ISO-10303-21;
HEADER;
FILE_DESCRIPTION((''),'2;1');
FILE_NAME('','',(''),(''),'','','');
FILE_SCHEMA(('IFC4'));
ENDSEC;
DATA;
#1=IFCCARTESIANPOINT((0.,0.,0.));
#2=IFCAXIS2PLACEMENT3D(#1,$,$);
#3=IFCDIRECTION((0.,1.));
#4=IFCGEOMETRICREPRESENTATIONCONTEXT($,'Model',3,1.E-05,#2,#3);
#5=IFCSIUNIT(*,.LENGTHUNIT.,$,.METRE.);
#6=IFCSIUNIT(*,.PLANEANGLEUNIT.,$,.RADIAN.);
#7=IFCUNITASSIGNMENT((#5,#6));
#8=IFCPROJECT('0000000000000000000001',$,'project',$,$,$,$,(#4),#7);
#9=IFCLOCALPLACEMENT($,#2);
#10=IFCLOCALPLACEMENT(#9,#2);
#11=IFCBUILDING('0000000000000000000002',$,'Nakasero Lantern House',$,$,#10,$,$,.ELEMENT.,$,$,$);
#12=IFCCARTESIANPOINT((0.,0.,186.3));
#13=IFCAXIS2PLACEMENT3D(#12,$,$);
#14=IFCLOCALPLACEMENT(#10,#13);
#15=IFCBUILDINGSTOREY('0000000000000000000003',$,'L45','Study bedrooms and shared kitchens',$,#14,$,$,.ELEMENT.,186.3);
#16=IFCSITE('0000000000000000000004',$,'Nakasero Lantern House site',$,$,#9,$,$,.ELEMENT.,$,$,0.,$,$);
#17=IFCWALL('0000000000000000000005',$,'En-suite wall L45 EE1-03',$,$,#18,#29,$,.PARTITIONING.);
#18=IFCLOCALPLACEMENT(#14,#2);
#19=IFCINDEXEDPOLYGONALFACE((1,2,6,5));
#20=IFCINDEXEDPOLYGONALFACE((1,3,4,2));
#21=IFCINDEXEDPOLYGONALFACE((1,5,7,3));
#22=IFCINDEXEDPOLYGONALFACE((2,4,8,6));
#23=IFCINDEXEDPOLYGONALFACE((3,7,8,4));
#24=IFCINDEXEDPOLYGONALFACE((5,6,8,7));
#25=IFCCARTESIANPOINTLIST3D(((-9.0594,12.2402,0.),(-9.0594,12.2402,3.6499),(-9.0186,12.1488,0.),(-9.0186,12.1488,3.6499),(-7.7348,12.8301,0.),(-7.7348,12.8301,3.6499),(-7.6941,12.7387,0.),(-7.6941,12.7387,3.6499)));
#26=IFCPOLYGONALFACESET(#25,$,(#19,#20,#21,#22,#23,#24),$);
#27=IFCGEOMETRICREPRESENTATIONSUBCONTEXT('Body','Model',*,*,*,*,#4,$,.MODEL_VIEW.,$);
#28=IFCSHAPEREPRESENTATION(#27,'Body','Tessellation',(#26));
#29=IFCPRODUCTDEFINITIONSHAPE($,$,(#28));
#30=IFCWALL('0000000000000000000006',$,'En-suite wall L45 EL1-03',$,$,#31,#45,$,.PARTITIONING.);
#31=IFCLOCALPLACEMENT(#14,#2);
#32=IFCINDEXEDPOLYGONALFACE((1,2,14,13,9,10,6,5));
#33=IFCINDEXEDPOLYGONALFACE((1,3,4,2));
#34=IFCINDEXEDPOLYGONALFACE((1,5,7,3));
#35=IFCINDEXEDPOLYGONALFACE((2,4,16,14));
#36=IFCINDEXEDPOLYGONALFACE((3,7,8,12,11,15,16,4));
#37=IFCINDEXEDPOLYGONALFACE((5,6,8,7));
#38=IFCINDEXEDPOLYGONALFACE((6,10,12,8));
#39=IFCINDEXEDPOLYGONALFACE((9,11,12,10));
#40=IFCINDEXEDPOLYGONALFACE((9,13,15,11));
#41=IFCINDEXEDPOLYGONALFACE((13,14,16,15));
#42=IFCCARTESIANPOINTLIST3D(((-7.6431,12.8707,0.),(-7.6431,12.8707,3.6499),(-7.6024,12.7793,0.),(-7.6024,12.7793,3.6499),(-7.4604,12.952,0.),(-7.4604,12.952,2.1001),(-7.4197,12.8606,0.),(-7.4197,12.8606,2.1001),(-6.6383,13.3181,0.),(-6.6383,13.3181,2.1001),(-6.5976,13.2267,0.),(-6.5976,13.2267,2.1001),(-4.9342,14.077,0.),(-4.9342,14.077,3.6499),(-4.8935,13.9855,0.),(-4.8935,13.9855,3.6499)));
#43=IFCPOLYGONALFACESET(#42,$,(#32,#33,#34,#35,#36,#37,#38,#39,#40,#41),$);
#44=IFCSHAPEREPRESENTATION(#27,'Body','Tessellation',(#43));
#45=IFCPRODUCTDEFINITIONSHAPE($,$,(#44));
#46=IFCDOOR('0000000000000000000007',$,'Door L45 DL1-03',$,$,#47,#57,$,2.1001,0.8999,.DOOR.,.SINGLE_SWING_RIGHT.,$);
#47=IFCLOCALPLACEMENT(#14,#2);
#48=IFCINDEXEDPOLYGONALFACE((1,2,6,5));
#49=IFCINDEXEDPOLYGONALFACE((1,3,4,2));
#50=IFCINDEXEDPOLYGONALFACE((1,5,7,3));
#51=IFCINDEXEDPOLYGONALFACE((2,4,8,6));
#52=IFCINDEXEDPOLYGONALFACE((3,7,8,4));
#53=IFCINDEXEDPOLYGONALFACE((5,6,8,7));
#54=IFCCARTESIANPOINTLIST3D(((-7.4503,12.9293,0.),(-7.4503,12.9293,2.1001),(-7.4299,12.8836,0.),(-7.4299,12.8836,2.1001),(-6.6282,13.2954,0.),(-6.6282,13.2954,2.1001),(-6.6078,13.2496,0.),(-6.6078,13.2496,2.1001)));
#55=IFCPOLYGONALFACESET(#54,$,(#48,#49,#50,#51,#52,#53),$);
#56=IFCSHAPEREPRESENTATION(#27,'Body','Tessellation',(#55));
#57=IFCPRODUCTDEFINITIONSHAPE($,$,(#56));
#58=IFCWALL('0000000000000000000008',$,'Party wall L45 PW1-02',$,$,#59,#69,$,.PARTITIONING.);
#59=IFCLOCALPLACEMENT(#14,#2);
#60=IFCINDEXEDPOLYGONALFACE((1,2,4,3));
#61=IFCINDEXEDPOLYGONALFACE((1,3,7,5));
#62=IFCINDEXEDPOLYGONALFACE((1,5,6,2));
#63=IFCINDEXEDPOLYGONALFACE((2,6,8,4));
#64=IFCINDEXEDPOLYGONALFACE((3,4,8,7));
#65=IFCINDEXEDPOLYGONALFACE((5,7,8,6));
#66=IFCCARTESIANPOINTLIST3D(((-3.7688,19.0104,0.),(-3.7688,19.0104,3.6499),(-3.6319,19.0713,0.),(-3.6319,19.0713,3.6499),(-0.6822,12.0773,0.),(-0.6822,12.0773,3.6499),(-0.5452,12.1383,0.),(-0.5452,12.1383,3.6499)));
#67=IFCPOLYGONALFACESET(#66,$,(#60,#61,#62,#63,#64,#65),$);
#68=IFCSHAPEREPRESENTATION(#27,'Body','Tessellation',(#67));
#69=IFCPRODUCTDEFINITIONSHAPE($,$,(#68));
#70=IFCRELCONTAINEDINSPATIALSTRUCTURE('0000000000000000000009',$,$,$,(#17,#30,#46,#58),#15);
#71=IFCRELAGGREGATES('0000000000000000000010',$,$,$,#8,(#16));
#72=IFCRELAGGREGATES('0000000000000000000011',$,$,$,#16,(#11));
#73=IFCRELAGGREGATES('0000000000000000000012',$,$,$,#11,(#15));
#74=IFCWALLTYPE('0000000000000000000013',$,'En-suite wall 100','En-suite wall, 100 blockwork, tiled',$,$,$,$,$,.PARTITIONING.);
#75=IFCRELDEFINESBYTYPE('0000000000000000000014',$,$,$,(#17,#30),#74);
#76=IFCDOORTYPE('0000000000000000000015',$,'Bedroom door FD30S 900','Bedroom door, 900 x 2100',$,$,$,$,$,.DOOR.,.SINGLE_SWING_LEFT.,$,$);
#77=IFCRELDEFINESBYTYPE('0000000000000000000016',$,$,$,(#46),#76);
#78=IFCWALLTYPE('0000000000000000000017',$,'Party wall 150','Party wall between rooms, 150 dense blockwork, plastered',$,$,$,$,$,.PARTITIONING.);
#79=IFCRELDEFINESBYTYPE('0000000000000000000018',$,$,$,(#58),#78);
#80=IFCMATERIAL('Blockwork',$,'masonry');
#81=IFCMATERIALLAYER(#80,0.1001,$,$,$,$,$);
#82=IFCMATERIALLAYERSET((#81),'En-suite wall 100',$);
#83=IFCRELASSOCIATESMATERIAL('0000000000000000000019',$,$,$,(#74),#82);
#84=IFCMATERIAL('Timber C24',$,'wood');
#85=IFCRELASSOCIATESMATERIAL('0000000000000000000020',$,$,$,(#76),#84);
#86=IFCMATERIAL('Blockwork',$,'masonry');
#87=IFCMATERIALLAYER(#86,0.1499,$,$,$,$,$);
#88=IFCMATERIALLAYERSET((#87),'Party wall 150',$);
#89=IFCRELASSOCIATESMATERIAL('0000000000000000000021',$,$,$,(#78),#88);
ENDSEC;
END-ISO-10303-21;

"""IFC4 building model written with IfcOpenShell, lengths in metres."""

from ifc_helpers import new_model, si_unit, direction, frame, frame_2d, origin, place, context, subcontext, project, spatial, rectangle, extrude, material, layer, layer_set, type_object, element, fill, save


model = new_model("IFC4")

# Units and contexts
model_context = context("Model", 3, precision=1e-05, world=origin(), true_north=direction((0.0, 1.0)))
body_context = subcontext(model_context, "Body", "Model", "MODEL_VIEW")
ifc_project = project(units=[si_unit("LENGTHUNIT", "METRE"), si_unit("PLANEANGLEUNIT", "RADIAN")], contexts=[model_context])

# Site, building, storey
site_placement = place(None, origin())
site = spatial("IfcSite", under=ifc_project, at=site_placement, Name="Nakasero Lantern House site", CompositionType="ELEMENT", RefElevation=0.0)
building_placement = place(site_placement, origin())
building = spatial("IfcBuilding", under=site, at=building_placement, Name="Nakasero Lantern House", CompositionType="ELEMENT")
storey_placement = place(building_placement, frame((0.0, 0.0, 186.3)))
storey = spatial("IfcBuildingStorey", under=building, at=storey_placement, Name="L45", Description="Study bedrooms and shared kitchens", CompositionType="ELEMENT", Elevation=186.3)

# Wall
ifc_material_1 = material(Name="Blockwork", Category="masonry")
ifc_layer_1 = layer(ifc_material_1, 0.1001)
ifc_layer_set_1 = layer_set([ifc_layer_1], Name="En-suite wall 100")
wall_type_1 = type_object("IfcWallType", Name="En-suite wall 100", Description="En-suite wall, 100 blockwork, tiled", PredefinedType="PARTITIONING", material=ifc_layer_set_1)
wall_1_placement = place(storey_placement, frame((-7.7144, 12.7844, 0.0), z_axis=(0.0, 0.0, 1.0), x_axis=(-0.913506, -0.406826, 0.0)))
element("IfcWall", 1, at=wall_1_placement, inside=storey, type_object=wall_type_1, Name="En-suite wall L45 EE1-03", PredefinedType="PARTITIONING", context=body_context, shape_type="SweptSolid", body=[
    extrude(rectangle(XDim=1.45, YDim=0.1001, at=frame_2d((0.7251, 0.0))), origin(), (0.0, 0.0, 1.0), 3.6499),
])

# Wall, opening, door
wall_2_placement = place(storey_placement, frame((-4.9138, 14.0312, 0.0), z_axis=(0.0, 0.0, 1.0), x_axis=(-0.913523, -0.406788, 0.0)))
wall_2 = element("IfcWall", 2, at=wall_2_placement, inside=storey, type_object=wall_type_1, Name="En-suite wall L45 EL1-03", PredefinedType="PARTITIONING", context=body_context, shape_type="SweptSolid", body=[
    extrude(rectangle(XDim=2.9653, YDim=0.1001, at=frame_2d((1.4827, 0.0))), origin(), (0.0, 0.0, 1.0), 3.6499),
])
opening_1_placement = place(wall_2_placement, frame((1.8655, 0.0, 0.0)))
opening_1 = element("IfcOpeningElement", 3, at=opening_1_placement, cuts=wall_2, PredefinedType="OPENING", context=body_context, shape_type="SweptSolid", body=[
    extrude(rectangle(XDim=0.8999, YDim=2.1001, at=frame_2d((0.45, 1.05))), frame((0.0, 0.0701, 0.0), z_axis=(0.0, -1.0, 0.0), x_axis=(1.0, 0.0, 0.0)), (0.0, 0.0, 1.0), 0.1401),
])
ifc_material_2 = material(Name="Timber C24", Category="wood")
door_type_1 = type_object("IfcDoorType", Name="Bedroom door FD30S 900", Description="Bedroom door, 900 x 2100", OperationType="SINGLE_SWING_LEFT", PredefinedType="DOOR", material=ifc_material_2)
door_1_placement = place(opening_1_placement, origin())
door_1 = element("IfcDoor", 4, at=door_1_placement, inside=storey, type_object=door_type_1, Name="Door L45 DL1-03", OperationType="SINGLE_SWING_RIGHT", OverallHeight=2.1001, OverallWidth=0.8999, PredefinedType="DOOR", context=body_context, shape_type="SweptSolid", body=[
    extrude(rectangle(XDim=0.8999, YDim=2.1001, at=frame_2d((0.45, 1.05))), frame((0.0, 0.0249, 0.0), z_axis=(0.0, -1.0, 0.0), x_axis=(1.0, 0.0, 0.0)), (0.0, 0.0, 1.0), 0.05),
])
fill(opening_1, door_1)

# Wall
ifc_material_3 = material(Name="Blockwork", Category="masonry")
ifc_layer_2 = layer(ifc_material_3, 0.1499)
ifc_layer_set_2 = layer_set([ifc_layer_2], Name="Party wall 150")
wall_type_2 = type_object("IfcWallType", Name="Party wall 150", Description="Party wall between rooms, 150 dense blockwork, plastered", PredefinedType="PARTITIONING", material=ifc_layer_set_2)
wall_3_placement = place(storey_placement, frame((-0.6138, 12.1079, 0.0), z_axis=(0.0, 0.0, 1.0), x_axis=(-0.40672, 0.913553, 0.0)))
element("IfcWall", 5, at=wall_3_placement, inside=storey, type_object=wall_type_2, Name="Party wall L45 PW1-02", PredefinedType="PARTITIONING", context=body_context, shape_type="SweptSolid", body=[
    extrude(rectangle(XDim=7.5891, YDim=0.1499, at=frame_2d((3.7944, 0.0))), origin(), (0.0, 0.0, 1.0), 3.6499),
])

save(model, "model.ifc")
